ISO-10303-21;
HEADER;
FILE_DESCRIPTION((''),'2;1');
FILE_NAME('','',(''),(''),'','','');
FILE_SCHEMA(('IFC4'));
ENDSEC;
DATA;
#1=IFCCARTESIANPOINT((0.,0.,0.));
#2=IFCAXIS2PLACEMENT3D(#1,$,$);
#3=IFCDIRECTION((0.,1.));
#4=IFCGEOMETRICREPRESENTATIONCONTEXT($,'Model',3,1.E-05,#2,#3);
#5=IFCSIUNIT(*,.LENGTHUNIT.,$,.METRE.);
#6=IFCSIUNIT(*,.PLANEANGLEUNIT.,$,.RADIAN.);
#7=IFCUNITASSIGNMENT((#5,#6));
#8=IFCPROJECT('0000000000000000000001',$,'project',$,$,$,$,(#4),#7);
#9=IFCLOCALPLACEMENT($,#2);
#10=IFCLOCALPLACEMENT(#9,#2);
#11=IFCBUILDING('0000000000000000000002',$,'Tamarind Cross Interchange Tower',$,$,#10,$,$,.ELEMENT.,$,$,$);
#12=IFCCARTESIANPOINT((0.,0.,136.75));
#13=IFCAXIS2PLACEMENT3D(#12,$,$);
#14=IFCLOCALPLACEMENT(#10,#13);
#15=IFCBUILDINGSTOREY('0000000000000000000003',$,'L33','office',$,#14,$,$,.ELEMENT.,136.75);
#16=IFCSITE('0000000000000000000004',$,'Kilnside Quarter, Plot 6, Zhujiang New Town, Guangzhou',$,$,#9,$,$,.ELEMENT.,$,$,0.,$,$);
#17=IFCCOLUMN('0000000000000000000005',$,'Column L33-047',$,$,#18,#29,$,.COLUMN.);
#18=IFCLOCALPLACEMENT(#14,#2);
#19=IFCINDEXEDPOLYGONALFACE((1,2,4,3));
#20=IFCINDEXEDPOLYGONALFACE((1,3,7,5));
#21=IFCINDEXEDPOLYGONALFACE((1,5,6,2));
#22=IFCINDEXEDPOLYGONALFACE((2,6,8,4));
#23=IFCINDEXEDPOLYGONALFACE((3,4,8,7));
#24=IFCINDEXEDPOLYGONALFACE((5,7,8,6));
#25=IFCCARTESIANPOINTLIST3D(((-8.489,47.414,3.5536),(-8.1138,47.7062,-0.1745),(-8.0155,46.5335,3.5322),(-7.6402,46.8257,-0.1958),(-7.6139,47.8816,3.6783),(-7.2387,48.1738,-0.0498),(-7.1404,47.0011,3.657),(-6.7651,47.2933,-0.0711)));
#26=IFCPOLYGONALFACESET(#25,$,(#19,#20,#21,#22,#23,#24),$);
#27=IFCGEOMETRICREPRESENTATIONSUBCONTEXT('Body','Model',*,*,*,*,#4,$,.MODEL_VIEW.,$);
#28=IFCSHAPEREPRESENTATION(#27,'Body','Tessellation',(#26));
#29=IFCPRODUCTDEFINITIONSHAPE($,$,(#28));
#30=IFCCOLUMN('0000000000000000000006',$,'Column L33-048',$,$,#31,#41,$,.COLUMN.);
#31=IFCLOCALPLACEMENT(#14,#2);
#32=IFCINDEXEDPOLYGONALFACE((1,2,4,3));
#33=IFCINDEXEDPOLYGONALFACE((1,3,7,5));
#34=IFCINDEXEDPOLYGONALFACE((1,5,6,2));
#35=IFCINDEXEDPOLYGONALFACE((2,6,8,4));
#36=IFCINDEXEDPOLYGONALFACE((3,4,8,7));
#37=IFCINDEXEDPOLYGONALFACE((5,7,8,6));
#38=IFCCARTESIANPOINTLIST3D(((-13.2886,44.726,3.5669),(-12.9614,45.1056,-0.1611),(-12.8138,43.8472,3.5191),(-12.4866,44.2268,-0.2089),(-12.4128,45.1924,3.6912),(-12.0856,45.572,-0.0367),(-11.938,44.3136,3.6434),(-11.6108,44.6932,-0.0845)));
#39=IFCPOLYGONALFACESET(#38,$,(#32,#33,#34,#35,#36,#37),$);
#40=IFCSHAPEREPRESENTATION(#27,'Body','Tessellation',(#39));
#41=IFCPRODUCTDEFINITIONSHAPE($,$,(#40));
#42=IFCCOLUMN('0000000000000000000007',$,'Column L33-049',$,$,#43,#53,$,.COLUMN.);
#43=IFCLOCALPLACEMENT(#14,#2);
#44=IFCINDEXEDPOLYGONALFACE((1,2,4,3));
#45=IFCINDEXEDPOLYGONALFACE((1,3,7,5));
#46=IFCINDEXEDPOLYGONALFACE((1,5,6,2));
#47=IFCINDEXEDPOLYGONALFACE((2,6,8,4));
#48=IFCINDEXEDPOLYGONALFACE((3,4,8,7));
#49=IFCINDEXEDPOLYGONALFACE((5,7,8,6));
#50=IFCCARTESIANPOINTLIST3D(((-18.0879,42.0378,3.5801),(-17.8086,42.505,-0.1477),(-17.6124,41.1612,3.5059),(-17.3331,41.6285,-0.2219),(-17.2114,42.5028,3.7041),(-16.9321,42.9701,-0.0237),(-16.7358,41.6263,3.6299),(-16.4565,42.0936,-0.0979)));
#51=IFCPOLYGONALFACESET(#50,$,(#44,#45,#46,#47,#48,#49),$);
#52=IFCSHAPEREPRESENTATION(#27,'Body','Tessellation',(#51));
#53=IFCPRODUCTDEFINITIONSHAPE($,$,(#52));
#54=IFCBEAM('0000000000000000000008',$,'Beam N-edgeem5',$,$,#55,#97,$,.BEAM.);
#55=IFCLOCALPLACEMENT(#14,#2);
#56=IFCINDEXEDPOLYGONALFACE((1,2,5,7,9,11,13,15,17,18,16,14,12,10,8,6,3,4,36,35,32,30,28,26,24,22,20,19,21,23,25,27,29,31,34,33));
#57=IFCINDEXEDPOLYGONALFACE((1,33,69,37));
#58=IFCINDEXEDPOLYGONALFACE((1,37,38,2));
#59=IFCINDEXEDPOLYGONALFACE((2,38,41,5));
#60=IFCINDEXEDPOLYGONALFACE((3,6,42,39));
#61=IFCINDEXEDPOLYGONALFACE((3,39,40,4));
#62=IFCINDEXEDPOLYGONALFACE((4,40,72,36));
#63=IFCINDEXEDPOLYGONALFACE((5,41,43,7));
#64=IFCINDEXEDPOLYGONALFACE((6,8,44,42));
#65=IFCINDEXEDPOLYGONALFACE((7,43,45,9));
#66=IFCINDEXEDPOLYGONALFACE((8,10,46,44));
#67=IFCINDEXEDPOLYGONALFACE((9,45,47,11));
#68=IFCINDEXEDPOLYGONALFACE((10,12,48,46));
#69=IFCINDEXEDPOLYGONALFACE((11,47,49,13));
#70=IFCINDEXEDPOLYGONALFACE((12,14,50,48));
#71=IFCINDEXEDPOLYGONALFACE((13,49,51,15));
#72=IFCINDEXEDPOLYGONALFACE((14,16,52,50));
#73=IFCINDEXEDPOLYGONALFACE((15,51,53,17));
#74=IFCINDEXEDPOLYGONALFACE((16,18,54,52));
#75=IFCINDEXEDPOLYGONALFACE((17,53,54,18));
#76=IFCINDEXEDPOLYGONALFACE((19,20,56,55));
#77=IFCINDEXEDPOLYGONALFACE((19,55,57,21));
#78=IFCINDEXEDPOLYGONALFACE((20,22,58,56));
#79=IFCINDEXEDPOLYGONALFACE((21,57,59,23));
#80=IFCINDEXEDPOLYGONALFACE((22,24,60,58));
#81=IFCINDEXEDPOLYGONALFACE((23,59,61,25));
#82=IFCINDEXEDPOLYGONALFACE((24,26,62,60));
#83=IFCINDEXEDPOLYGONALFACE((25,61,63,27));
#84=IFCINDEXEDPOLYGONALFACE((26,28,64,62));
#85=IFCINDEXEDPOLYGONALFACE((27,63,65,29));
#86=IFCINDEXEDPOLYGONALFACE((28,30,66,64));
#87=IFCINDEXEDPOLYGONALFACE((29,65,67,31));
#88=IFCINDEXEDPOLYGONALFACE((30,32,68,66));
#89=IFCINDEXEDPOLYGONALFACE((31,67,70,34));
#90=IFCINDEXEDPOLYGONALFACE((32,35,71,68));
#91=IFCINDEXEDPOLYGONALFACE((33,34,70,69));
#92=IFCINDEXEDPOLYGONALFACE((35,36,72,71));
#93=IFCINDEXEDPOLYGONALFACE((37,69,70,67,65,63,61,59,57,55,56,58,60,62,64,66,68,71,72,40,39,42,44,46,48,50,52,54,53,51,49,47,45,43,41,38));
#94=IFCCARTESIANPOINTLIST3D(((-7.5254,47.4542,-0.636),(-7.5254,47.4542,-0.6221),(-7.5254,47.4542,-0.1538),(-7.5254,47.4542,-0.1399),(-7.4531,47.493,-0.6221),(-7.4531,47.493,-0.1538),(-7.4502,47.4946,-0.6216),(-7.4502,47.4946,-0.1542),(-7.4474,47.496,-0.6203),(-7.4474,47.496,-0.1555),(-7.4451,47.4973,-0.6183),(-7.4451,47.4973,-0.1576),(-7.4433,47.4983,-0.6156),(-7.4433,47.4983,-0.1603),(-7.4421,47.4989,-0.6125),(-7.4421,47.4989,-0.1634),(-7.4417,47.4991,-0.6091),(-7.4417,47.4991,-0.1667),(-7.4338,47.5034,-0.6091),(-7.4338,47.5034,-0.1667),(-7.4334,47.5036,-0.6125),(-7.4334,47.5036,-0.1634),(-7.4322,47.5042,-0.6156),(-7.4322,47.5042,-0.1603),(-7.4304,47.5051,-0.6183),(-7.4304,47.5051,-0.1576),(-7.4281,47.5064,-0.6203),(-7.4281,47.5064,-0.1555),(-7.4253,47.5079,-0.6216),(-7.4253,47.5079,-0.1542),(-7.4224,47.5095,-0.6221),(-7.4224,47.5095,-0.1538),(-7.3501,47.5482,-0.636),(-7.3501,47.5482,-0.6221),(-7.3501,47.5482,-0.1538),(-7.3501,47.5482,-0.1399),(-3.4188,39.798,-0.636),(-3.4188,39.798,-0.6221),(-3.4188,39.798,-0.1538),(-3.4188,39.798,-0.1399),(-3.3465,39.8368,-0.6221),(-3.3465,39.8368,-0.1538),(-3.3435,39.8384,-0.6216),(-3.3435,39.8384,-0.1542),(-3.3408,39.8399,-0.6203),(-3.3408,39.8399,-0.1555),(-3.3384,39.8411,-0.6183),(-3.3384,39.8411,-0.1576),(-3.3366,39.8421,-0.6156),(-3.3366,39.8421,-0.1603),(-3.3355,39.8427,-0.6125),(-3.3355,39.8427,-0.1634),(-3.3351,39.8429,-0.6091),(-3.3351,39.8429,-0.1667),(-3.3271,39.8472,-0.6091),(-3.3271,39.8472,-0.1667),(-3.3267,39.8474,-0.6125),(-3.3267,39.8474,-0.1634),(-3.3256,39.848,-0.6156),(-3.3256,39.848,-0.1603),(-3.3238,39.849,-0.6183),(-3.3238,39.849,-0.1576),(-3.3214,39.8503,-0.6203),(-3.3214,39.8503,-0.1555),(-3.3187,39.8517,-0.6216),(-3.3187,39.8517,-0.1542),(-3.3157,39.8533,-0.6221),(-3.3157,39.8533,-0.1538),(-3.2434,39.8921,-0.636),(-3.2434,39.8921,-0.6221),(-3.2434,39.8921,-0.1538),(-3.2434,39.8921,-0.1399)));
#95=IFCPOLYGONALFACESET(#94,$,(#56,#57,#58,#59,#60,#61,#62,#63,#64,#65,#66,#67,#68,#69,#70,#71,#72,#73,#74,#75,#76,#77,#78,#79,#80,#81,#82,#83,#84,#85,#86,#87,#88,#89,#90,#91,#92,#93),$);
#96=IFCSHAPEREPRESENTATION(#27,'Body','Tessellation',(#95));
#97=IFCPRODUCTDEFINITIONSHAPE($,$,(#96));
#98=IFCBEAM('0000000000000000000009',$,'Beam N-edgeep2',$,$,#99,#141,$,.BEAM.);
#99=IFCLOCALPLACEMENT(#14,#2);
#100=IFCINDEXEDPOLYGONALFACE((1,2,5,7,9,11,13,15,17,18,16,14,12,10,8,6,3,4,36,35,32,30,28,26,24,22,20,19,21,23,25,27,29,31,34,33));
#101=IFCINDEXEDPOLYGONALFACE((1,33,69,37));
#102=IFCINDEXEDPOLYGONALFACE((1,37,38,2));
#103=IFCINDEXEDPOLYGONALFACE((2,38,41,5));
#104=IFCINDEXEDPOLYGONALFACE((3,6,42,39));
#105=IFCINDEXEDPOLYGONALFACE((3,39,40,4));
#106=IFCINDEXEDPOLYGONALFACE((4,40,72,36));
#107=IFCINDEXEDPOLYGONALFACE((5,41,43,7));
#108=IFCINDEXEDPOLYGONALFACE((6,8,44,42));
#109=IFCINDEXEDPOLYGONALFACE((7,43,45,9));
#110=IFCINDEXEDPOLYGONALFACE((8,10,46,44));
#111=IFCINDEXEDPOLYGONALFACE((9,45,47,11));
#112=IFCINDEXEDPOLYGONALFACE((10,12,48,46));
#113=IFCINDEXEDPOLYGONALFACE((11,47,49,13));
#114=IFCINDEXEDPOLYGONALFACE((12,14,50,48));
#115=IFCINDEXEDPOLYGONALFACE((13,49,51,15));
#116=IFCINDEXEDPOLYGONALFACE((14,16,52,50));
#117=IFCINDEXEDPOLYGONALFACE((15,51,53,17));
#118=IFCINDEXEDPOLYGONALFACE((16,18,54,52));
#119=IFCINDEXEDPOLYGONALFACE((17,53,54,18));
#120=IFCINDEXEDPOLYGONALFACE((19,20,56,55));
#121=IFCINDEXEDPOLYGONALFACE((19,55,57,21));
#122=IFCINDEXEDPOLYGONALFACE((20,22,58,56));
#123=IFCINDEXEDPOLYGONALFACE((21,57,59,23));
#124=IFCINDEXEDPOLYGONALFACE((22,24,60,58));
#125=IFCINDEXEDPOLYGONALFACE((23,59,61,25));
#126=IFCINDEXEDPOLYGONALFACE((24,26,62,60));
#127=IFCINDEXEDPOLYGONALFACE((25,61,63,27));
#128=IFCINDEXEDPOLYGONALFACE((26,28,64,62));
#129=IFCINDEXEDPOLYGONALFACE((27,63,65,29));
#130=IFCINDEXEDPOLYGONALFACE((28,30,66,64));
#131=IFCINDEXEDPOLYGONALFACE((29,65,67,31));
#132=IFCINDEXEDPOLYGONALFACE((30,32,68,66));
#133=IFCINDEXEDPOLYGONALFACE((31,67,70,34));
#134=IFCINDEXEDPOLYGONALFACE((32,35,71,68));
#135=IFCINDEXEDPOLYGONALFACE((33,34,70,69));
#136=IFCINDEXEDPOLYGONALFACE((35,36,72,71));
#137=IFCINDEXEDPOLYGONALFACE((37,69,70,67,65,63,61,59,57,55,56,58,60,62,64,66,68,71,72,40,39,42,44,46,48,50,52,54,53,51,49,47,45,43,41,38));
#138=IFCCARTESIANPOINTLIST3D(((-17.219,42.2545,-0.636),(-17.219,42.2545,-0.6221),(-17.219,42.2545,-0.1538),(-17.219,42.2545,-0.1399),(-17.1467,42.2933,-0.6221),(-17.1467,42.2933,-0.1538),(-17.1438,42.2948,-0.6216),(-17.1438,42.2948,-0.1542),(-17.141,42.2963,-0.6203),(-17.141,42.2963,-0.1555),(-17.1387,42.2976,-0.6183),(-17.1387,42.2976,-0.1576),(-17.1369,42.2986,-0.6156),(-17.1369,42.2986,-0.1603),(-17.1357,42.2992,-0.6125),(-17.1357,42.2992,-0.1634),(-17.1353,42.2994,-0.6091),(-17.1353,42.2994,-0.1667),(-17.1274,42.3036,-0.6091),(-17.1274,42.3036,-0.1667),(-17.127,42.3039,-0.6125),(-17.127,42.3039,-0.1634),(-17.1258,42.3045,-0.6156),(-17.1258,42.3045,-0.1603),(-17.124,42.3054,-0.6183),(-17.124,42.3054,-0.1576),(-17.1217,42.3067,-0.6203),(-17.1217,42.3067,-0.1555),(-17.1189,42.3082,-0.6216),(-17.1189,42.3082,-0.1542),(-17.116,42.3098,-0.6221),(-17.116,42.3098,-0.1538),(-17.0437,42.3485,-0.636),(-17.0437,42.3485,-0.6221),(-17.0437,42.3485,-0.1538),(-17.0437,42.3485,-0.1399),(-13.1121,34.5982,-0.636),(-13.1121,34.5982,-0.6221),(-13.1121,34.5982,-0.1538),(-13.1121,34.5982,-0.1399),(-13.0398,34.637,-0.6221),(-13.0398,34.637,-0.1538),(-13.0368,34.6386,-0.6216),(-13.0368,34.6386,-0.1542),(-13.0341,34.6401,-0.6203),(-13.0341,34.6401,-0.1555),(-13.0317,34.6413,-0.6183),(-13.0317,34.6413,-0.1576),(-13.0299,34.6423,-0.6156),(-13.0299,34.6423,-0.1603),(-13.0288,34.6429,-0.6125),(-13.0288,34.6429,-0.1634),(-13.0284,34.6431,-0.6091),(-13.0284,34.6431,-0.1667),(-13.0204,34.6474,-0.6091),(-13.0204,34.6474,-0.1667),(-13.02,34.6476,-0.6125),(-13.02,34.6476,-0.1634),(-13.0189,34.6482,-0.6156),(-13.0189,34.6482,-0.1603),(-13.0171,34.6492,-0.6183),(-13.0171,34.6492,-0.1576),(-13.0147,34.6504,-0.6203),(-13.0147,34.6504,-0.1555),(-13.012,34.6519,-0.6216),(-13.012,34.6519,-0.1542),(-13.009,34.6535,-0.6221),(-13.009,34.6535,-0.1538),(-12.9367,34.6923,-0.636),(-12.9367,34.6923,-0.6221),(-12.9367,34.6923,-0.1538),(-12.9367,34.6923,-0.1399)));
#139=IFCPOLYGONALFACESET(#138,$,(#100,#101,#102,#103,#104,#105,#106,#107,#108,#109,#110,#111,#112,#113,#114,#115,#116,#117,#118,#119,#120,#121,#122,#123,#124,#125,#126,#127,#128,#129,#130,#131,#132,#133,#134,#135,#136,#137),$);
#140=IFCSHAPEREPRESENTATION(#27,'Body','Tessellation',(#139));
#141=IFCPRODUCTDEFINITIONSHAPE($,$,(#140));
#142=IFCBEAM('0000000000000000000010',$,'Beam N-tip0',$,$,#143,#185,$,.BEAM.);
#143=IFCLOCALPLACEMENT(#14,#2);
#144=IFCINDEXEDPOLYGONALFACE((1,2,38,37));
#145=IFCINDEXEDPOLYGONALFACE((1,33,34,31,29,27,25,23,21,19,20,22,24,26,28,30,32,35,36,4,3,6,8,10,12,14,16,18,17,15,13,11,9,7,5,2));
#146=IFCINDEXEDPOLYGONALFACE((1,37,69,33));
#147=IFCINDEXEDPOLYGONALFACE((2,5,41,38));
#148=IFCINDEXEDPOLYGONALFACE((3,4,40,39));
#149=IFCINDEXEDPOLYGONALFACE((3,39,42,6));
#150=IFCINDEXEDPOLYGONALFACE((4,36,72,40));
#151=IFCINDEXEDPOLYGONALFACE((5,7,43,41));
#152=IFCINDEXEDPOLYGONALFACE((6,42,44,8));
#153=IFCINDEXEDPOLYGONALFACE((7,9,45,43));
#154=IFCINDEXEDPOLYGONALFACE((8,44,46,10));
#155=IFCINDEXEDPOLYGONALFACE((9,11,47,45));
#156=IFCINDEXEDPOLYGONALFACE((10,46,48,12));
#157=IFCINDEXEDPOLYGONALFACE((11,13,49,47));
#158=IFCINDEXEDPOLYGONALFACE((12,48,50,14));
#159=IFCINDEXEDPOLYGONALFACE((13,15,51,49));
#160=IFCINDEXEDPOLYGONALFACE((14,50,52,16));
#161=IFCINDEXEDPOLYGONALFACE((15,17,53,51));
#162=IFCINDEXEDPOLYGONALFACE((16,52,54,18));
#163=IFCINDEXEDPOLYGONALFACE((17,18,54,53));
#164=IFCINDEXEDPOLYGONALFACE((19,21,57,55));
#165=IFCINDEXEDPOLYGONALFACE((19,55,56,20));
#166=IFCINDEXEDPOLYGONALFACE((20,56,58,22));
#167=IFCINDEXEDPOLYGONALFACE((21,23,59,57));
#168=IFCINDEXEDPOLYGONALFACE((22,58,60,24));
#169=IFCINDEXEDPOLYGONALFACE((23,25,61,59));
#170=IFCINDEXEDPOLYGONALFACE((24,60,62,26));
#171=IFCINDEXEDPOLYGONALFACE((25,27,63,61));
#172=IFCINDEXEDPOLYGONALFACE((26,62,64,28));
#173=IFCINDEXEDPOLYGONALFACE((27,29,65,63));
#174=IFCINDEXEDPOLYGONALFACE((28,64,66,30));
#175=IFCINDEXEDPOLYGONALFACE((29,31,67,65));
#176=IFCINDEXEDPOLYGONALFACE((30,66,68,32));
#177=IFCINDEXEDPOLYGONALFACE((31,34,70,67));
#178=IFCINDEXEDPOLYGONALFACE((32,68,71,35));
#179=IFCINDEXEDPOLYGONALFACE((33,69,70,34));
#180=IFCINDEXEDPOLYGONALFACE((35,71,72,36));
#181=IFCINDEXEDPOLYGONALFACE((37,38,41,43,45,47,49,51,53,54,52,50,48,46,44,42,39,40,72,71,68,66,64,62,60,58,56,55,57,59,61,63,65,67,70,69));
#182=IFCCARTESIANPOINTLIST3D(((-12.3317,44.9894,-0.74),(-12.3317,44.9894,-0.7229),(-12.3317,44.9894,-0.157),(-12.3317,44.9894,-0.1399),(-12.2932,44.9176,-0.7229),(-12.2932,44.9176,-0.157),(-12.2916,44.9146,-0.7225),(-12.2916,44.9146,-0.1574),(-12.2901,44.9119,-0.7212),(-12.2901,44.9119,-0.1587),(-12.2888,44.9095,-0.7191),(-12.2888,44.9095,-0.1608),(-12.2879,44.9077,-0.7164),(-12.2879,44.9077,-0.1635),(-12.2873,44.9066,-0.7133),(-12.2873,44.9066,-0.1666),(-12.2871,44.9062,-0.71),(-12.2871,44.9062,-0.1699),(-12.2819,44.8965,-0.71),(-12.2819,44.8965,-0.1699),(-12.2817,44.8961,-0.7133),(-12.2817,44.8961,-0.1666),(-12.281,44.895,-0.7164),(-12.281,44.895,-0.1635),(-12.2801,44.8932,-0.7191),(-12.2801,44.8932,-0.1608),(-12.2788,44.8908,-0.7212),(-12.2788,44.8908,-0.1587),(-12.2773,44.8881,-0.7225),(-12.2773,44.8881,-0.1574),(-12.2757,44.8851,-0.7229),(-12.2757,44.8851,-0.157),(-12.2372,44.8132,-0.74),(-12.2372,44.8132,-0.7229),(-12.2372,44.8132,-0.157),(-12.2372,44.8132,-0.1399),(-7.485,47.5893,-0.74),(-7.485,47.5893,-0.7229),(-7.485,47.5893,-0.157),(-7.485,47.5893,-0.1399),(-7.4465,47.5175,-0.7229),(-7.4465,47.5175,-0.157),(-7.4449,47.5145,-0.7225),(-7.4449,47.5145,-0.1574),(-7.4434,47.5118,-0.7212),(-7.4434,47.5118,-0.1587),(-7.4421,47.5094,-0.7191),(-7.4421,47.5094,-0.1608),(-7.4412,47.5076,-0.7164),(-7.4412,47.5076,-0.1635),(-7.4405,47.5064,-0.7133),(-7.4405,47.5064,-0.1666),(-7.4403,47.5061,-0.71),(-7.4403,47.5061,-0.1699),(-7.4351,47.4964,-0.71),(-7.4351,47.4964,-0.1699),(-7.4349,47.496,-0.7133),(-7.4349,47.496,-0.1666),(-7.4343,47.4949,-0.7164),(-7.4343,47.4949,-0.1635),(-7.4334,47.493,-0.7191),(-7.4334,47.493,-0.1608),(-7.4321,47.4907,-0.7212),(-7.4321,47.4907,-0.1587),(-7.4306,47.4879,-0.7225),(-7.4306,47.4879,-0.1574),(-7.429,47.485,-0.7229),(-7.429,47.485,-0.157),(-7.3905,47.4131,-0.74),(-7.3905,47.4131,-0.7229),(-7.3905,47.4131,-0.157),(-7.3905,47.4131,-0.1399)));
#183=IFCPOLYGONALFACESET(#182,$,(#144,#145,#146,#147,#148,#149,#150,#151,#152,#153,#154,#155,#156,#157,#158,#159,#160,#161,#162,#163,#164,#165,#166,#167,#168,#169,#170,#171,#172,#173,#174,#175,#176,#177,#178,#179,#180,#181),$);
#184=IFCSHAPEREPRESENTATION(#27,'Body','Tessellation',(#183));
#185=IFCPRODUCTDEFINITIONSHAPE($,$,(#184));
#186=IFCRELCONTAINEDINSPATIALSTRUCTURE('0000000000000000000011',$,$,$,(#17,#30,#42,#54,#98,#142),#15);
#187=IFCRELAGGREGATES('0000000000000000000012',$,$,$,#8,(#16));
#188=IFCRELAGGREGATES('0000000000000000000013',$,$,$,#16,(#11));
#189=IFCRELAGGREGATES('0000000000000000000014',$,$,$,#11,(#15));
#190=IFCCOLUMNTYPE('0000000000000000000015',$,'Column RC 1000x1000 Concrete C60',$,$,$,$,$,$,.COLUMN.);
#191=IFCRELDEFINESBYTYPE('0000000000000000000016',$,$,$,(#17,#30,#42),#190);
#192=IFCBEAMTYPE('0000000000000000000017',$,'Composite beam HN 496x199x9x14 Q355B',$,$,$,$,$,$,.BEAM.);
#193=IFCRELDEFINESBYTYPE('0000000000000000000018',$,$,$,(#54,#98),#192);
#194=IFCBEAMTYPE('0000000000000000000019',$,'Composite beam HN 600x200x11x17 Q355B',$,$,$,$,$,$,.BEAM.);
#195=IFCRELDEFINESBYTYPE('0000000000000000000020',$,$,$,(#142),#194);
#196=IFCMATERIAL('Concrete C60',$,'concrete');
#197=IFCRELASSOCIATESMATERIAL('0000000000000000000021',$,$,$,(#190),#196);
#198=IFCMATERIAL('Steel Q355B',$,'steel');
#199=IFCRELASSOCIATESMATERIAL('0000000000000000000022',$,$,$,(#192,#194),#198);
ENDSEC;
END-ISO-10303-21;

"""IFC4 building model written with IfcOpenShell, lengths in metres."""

from ifc_helpers import new_model, si_unit, direction, frame, origin, origin_2d, place, context, subcontext, project, spatial, rectangle, i_section, extrude, material, material_profile, profile_set, type_object, element, save


model = new_model("IFC4")

# Units and contexts
model_context = context("Model", 3, precision=1e-05, world=origin(), true_north=direction((0.0, 1.0)))
body_context = subcontext(model_context, "Body", "Model", "MODEL_VIEW")
ifc_project = project(units=[si_unit("LENGTHUNIT", "METRE"), si_unit("PLANEANGLEUNIT", "RADIAN")], contexts=[model_context])

# Site, building, storey
site_placement = place(None, origin())
site = spatial("IfcSite", under=ifc_project, at=site_placement, Name="Kilnside Quarter, Plot 6, Zhujiang New Town, Guangzhou", CompositionType="ELEMENT", RefElevation=0.0)
building_placement = place(site_placement, origin())
building = spatial("IfcBuilding", under=site, at=building_placement, Name="Tamarind Cross Interchange Tower", CompositionType="ELEMENT")
storey_placement = place(building_placement, frame((0.0, 0.0, 136.75)))
storey = spatial("IfcBuildingStorey", under=building, at=storey_placement, Name="L33", Description="office", CompositionType="ELEMENT", Elevation=136.75)

# Columns
ifc_material_1 = material(Name="Concrete C60", Category="concrete")
ifc_material_profile_1 = material_profile(ifc_material_1, rectangle(XDim=1.0, YDim=1.0, at=origin_2d()), Name="RC 1000x1000")
ifc_profile_set_1 = profile_set([ifc_material_profile_1], Name="Concrete C60")
column_type = type_object("IfcColumnType", Name="Column RC 1000x1000 Concrete C60", PredefinedType="COLUMN", material=ifc_profile_set_1)
column_1_placement = place(storey_placement, frame((-7.4395, 47.4998, -0.1228), z_axis=(-0.099846, -0.077759, 0.99196), x_axis=(0.875087, 0.467614, 0.124738)))
element("IfcColumn", 1, at=column_1_placement, inside=storey, type_object=column_type, Name="Column L33-047", PredefinedType="COLUMN", context=body_context, shape_type="SweptSolid", body=[
    extrude(rectangle(XDim=1.0, YDim=1.0, at=origin_2d()), origin(), (0.0, 0.0, 1.0), 3.7583),
])
column_2_placement = place(storey_placement, frame((-12.2861, 44.8994, -0.1228), z_axis=(-0.086971, -0.100926, 0.991085), x_axis=(0.875796, 0.466388, 0.124348)))
element("IfcColumn", 2, at=column_2_placement, inside=storey, type_object=column_type, Name="Column L33-048", PredefinedType="COLUMN", context=body_context, shape_type="SweptSolid", body=[
    extrude(rectangle(XDim=1.0, YDim=1.0, at=origin_2d()), origin(), (0.0, 0.0, 1.0), 3.7615),
])
column_3_placement = place(storey_placement, frame((-17.1326, 42.2993, -0.1228), z_axis=(-0.074137, -0.124036, 0.989504), x_axis=(0.876546, 0.465079, 0.123972)))
element("IfcColumn", 3, at=column_3_placement, inside=storey, type_object=column_type, Name="Column L33-049", PredefinedType="COLUMN", context=body_context, shape_type="SweptSolid", body=[
    extrude(rectangle(XDim=1.0, YDim=1.0, at=origin_2d()), origin(), (0.0, 0.0, 1.0), 3.7673),
])

# Beams
ifc_material_2 = material(Name="Steel Q355B", Category="steel")
ifc_material_profile_2 = material_profile(ifc_material_2, i_section(OverallWidth=0.199, OverallDepth=0.4961, WebThickness=0.009, FlangeThickness=0.0139, FilletRadius=0.0129, at=origin_2d()), Name="HN 496x199x9x14")
ifc_profile_set_2 = profile_set([ifc_material_profile_2], Name="Steel Q355B")
beam_type_1 = type_object("IfcBeamType", Name="Composite beam HN 496x199x9x14 Q355B", PredefinedType="BEAM", material=ifc_profile_set_2)
beam_1_placement = place(storey_placement, frame((-7.4377, 47.5012, -0.3879), z_axis=(0.47268, -0.881234, 0.0), x_axis=(0.881234, 0.47268, 0.0)))
element("IfcBeam", 4, at=beam_1_placement, inside=storey, type_object=beam_type_1, Name="Beam N-edgeem5", PredefinedType="BEAM", context=body_context, shape_type="SweptSolid", body=[
    extrude(i_section(OverallWidth=0.199, OverallDepth=0.4961, WebThickness=0.009, FlangeThickness=0.0139, FilletRadius=0.0129, at=origin_2d()), origin(), (0.0, 0.0, 1.0), 8.688),
])
beam_2_placement = place(storey_placement, frame((-17.1313, 42.3015, -0.3879), z_axis=(0.472702, -0.881223, 0.0), x_axis=(0.881223, 0.472702, 0.0)))
element("IfcBeam", 5, at=beam_2_placement, inside=storey, type_object=beam_type_1, Name="Beam N-edgeep2", PredefinedType="BEAM", context=body_context, shape_type="SweptSolid", body=[
    extrude(i_section(OverallWidth=0.199, OverallDepth=0.4961, WebThickness=0.009, FlangeThickness=0.0139, FilletRadius=0.0129, at=origin_2d()), origin(), (0.0, 0.0, 1.0), 8.6882),
])
ifc_material_profile_3 = material_profile(ifc_material_2, i_section(OverallWidth=0.2, OverallDepth=0.6001, WebThickness=0.011, FlangeThickness=0.0171, FilletRadius=0.0129, at=origin_2d()), Name="HN 600x200x11x17")
ifc_profile_set_3 = profile_set([ifc_material_profile_3], Name="Steel Q355B")
beam_type_2 = type_object("IfcBeamType", Name="Composite beam HN 600x200x11x17 Q355B", PredefinedType="BEAM", material=ifc_profile_set_3)
beam_3_placement = place(storey_placement, frame((-7.4377, 47.5012, -0.4399), z_axis=(-0.881221, -0.472704, 0.0), x_axis=(0.472704, -0.881221, 0.0)))
element("IfcBeam", 6, at=beam_3_placement, inside=storey, type_object=beam_type_2, Name="Beam N-tip0", PredefinedType="BEAM", context=body_context, shape_type="SweptSolid", body=[
    extrude(i_section(OverallWidth=0.2, OverallDepth=0.6001, WebThickness=0.011, FlangeThickness=0.0171, FilletRadius=0.0129, at=origin_2d()), origin(), (0.0, 0.0, 1.0), 5.5),
])

save(model, "model.ifc")
